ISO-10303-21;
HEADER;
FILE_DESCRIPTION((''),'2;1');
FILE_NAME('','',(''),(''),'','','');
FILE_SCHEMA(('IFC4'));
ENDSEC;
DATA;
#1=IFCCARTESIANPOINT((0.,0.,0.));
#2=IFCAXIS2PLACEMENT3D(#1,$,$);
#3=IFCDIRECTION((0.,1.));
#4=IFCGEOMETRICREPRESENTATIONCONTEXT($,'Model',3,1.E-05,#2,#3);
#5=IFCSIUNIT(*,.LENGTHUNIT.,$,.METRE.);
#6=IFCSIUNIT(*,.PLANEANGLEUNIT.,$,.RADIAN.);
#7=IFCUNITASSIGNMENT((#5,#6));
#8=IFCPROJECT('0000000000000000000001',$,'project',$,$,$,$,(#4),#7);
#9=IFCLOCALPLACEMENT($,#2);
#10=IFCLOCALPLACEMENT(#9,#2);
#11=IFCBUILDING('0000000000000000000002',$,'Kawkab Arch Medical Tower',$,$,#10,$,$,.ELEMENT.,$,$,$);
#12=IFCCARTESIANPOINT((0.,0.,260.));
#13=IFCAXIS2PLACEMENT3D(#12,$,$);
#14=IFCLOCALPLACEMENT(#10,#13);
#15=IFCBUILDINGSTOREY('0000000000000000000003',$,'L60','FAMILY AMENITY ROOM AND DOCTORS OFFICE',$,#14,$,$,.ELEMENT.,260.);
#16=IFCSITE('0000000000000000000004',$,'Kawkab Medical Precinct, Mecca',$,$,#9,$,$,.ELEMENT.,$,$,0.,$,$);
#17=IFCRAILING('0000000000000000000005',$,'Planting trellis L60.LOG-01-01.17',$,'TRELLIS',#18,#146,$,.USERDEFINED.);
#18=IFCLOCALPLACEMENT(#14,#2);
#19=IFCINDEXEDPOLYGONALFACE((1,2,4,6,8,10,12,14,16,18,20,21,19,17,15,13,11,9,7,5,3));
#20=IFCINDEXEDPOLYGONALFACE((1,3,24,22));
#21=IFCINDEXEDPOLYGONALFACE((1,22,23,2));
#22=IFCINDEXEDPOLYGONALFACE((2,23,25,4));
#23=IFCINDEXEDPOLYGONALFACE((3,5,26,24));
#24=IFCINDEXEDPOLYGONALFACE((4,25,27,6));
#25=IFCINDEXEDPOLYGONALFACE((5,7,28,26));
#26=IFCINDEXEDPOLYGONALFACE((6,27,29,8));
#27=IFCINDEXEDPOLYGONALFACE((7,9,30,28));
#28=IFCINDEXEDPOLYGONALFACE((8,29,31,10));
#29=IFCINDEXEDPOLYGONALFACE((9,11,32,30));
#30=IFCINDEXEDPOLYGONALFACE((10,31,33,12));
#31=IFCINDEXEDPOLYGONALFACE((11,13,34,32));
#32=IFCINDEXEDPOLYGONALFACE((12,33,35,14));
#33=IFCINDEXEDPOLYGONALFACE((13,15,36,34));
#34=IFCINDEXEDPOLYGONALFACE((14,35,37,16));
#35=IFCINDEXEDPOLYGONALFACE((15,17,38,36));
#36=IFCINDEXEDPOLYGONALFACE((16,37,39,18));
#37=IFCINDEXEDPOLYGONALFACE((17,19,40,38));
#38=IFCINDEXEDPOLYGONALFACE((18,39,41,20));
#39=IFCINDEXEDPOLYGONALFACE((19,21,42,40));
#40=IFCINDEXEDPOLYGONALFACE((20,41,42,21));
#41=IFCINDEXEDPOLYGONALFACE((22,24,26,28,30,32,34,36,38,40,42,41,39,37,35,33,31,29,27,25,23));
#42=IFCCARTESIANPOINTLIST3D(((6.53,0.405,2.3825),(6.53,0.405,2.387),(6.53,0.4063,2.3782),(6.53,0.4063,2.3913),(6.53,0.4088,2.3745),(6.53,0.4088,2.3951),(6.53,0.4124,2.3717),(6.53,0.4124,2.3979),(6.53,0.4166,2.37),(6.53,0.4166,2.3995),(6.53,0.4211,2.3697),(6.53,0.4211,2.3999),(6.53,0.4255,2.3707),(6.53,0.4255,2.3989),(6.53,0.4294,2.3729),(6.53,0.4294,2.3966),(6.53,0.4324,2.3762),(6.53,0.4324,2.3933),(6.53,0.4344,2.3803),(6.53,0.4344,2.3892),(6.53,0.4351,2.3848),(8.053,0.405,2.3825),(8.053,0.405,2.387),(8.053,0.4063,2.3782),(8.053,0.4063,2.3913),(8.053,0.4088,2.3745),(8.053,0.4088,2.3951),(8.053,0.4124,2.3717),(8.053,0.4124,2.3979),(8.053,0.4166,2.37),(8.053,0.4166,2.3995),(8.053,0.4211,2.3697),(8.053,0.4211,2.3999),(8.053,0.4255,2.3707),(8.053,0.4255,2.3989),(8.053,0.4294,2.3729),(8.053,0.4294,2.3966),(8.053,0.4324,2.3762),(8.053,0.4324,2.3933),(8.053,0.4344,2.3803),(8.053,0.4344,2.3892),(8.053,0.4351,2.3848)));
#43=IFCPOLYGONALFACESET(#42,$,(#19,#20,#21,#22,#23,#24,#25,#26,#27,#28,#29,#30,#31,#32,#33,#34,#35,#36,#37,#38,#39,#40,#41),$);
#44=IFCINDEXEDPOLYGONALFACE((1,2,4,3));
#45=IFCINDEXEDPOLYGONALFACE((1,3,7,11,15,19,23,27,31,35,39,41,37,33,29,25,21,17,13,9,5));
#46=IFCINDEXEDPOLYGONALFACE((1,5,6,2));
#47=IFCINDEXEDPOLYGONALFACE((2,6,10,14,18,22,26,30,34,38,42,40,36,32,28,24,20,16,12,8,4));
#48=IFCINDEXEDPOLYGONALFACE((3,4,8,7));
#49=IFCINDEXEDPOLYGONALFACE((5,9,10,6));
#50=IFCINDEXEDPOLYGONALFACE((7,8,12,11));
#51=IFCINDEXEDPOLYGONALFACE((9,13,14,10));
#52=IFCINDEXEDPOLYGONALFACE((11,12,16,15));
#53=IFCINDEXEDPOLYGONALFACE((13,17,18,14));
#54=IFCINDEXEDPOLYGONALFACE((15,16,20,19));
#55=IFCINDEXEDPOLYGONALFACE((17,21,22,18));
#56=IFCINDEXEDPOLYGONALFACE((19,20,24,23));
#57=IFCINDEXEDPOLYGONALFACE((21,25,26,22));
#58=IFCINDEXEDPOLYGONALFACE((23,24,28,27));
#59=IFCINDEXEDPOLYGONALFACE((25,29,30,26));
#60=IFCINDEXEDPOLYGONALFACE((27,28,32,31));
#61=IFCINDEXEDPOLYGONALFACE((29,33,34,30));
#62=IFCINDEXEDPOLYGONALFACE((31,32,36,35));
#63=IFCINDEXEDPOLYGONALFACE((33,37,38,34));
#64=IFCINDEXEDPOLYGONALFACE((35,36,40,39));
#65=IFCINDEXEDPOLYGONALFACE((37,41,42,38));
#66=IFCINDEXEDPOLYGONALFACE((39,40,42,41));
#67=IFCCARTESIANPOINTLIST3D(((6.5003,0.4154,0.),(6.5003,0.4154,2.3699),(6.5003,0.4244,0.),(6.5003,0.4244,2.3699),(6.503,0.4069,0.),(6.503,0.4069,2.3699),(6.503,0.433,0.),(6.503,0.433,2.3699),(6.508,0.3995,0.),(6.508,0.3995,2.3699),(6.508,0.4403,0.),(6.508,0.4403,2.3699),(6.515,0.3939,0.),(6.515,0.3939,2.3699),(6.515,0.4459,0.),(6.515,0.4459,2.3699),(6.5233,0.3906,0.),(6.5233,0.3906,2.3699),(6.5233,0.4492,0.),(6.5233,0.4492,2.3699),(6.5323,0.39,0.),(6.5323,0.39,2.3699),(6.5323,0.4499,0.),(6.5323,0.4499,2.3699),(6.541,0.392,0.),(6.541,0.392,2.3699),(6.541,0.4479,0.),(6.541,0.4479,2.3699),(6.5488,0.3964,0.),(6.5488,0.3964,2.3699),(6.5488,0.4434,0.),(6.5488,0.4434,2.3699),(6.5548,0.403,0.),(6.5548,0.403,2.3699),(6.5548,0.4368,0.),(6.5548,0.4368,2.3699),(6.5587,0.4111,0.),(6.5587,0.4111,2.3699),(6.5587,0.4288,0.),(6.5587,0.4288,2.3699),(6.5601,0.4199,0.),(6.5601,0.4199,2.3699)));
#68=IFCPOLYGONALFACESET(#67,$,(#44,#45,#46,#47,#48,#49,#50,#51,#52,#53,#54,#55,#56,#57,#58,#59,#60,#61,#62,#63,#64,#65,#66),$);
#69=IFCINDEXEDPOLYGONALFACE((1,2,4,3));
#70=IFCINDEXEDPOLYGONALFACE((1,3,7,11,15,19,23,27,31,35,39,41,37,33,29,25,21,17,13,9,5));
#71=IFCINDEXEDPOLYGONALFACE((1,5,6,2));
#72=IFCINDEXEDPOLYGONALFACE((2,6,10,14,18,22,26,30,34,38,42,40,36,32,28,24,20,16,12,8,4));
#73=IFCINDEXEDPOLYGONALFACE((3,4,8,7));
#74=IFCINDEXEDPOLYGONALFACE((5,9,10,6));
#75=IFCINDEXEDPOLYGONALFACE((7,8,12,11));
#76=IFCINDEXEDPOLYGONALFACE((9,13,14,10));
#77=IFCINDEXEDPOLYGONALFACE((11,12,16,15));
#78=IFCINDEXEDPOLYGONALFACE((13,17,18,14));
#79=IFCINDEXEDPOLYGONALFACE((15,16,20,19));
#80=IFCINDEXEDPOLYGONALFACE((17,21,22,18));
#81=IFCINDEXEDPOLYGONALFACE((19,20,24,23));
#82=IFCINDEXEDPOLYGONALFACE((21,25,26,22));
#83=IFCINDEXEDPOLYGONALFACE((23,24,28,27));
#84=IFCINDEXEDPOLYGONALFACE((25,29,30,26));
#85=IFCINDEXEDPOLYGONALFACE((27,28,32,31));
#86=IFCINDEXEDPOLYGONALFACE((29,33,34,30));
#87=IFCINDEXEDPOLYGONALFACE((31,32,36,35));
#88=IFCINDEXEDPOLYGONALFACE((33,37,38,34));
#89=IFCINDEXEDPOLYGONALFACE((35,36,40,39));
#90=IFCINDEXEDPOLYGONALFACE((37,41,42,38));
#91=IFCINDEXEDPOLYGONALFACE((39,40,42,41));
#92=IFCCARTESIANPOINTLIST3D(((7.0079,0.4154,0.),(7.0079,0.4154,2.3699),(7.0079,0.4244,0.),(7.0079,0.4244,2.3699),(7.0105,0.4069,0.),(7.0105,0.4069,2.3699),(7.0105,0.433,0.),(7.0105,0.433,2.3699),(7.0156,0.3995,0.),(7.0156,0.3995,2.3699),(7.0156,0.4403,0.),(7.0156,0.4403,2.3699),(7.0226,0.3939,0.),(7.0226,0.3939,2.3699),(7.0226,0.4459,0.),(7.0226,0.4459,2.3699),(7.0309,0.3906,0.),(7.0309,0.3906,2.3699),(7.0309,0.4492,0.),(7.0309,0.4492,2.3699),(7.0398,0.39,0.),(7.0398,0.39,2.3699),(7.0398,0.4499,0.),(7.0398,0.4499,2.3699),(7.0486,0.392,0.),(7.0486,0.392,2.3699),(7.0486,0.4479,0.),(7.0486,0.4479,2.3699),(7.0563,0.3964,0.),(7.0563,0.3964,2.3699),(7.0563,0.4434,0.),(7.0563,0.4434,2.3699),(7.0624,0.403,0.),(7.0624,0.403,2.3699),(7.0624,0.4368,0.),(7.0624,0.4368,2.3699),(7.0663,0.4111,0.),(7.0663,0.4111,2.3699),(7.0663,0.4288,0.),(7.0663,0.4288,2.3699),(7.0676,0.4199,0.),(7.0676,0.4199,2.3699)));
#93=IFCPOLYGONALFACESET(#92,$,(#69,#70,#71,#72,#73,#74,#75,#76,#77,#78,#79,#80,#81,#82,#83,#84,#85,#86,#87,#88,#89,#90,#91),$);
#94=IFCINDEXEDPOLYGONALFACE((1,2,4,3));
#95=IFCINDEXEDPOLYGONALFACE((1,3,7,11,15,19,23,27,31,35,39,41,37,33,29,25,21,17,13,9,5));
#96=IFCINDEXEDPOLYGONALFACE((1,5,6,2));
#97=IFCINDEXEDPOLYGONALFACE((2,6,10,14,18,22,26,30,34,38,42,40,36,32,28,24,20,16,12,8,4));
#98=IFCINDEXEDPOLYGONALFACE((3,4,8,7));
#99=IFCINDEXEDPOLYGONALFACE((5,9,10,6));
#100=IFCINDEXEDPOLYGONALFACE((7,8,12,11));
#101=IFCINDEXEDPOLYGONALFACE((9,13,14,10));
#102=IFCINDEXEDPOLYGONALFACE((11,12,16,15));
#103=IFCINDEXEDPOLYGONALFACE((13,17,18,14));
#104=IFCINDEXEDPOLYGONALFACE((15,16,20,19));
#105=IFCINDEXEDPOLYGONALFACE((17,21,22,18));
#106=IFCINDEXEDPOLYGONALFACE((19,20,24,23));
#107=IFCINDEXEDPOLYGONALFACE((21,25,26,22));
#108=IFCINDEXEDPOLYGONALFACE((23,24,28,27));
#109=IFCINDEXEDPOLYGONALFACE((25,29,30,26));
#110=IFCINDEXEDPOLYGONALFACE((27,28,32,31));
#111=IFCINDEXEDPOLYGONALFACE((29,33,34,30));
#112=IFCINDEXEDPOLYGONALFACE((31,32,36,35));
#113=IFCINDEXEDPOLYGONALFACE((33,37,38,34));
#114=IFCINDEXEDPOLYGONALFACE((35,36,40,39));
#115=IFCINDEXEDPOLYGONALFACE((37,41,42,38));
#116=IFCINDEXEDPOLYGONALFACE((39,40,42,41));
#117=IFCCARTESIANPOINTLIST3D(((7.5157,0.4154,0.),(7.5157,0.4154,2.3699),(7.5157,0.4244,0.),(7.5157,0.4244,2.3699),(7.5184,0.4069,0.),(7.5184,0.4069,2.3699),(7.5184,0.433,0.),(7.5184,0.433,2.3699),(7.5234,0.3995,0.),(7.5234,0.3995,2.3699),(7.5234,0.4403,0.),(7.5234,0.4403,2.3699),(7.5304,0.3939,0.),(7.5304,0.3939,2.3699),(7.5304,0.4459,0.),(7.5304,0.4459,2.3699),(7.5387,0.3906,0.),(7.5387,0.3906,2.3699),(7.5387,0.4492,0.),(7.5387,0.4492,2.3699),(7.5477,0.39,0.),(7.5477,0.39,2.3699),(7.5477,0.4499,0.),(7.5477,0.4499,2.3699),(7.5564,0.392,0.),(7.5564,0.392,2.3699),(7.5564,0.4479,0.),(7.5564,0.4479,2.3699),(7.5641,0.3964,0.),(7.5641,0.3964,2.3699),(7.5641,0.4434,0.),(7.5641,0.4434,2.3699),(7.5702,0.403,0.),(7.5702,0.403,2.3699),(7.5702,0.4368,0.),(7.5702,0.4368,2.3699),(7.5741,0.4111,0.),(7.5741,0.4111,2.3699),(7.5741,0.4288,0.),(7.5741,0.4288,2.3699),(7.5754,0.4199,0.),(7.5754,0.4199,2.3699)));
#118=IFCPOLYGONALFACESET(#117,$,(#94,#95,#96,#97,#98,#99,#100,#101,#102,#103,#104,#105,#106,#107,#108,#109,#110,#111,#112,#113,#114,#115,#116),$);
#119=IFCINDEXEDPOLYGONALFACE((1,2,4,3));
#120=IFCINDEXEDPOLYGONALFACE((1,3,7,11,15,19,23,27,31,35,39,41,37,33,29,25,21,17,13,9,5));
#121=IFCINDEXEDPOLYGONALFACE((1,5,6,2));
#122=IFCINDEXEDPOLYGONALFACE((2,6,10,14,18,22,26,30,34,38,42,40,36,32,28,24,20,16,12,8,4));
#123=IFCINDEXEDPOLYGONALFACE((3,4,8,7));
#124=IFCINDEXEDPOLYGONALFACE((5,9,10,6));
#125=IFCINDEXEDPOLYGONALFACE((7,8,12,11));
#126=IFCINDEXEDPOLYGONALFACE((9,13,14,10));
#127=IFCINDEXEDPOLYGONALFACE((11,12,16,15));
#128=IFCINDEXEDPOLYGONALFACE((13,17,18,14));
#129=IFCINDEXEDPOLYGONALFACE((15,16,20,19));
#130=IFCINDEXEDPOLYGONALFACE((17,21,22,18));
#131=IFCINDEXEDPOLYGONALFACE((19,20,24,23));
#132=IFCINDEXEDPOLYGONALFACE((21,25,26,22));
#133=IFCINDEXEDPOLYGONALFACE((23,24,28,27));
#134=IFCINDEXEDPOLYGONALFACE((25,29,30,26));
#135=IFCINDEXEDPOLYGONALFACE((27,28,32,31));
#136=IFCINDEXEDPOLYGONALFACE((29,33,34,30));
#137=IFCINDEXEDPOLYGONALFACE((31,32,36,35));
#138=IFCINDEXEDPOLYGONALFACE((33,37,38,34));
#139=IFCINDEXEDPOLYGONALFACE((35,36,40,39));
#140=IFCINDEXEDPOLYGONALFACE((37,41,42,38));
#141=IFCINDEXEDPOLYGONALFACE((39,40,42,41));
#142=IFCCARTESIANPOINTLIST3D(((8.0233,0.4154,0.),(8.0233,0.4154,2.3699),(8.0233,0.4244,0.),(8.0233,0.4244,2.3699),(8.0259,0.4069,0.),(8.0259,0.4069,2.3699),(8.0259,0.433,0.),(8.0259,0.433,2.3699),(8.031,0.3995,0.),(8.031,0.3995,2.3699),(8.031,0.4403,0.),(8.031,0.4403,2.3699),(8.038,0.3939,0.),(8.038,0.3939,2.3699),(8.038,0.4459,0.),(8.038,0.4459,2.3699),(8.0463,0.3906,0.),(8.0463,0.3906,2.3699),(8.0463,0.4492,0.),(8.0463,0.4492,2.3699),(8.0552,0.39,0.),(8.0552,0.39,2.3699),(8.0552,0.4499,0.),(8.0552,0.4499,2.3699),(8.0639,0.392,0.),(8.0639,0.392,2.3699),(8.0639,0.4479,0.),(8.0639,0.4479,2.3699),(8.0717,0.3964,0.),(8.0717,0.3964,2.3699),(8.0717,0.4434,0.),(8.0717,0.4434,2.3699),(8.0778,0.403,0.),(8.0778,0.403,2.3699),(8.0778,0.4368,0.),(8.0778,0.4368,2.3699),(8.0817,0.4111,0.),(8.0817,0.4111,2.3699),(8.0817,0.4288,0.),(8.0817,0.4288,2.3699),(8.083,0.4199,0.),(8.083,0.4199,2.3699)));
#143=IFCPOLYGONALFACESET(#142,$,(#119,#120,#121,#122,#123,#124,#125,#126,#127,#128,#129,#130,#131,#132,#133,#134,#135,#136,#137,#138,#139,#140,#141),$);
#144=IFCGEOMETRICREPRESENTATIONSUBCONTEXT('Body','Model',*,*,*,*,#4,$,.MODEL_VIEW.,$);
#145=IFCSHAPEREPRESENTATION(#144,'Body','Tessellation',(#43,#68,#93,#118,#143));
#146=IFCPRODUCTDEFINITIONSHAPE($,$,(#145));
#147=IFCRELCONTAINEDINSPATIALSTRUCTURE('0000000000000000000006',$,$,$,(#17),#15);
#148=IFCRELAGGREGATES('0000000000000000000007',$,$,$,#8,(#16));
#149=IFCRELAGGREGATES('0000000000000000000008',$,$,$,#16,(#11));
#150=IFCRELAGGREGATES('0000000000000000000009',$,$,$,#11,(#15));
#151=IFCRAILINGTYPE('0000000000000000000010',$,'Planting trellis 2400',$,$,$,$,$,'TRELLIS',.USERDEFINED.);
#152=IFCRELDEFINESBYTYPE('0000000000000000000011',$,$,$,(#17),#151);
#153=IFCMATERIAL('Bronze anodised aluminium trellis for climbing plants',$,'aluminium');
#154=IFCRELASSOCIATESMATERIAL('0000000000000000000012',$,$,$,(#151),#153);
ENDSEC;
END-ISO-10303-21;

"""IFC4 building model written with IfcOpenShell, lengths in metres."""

from ifc_helpers import new_model, si_unit, direction, frame, origin, origin_2d, place, context, subcontext, project, spatial, circle, extrude, material, type_object, element, save


model = new_model("IFC4")

# Units and contexts
model_context = context("Model", 3, precision=1e-05, world=origin(), true_north=direction((0.0, 1.0)))
body_context = subcontext(model_context, "Body", "Model", "MODEL_VIEW")
ifc_project = project(units=[si_unit("LENGTHUNIT", "METRE"), si_unit("PLANEANGLEUNIT", "RADIAN")], contexts=[model_context])

# Site, building, storey
site_placement = place(None, origin())
site = spatial("IfcSite", under=ifc_project, at=site_placement, Name="Kawkab Medical Precinct, Mecca", CompositionType="ELEMENT", RefElevation=0.0)
building_placement = place(site_placement, origin())
building = spatial("IfcBuilding", under=site, at=building_placement, Name="Kawkab Arch Medical Tower", CompositionType="ELEMENT")
storey_placement = place(building_placement, frame((0.0, 0.0, 260.0)))
storey = spatial("IfcBuildingStorey", under=building, at=storey_placement, Name="L60", Description="FAMILY AMENITY ROOM AND DOCTORS OFFICE", CompositionType="ELEMENT", Elevation=260.0)

# Railing
ifc_material_1 = material(Name="Bronze anodised aluminium trellis for climbing plants", Category="aluminium")
railing_type_1 = type_object("IfcRailingType", Name="Planting trellis 2400", ElementType="TRELLIS", PredefinedType="USERDEFINED", material=ifc_material_1)
railing_1_placement = place(storey_placement, frame((6.53, 0.4199, 0.0)))
element("IfcRailing", 1, at=railing_1_placement, inside=storey, type_object=railing_type_1, Name="Planting trellis L60.LOG-01-01.17", ObjectType="TRELLIS", PredefinedType="USERDEFINED", context=body_context, shape_type="SweptSolid", body=[
    extrude(circle(Radius=0.0151, at=origin_2d()), frame((0.0, 0.0, 2.3848), z_axis=(1.0, 0.0, 0.0), x_axis=(0.0, 1.0, 0.0)), (0.0, 0.0, 1.0), 1.5229),
    extrude(circle(Radius=0.03, at=origin_2d()), origin(), (0.0, 0.0, 1.0), 2.3699),
    extrude(circle(Radius=0.03, at=origin_2d()), frame((0.5076, 0.0, 0.0)), (0.0, 0.0, 1.0), 2.3699),
    extrude(circle(Radius=0.03, at=origin_2d()), frame((1.0154, 0.0, 0.0)), (0.0, 0.0, 1.0), 2.3699),
    extrude(circle(Radius=0.03, at=origin_2d()), frame((1.5229, 0.0, 0.0)), (0.0, 0.0, 1.0), 2.3699),
])

save(model, "model.ifc")
